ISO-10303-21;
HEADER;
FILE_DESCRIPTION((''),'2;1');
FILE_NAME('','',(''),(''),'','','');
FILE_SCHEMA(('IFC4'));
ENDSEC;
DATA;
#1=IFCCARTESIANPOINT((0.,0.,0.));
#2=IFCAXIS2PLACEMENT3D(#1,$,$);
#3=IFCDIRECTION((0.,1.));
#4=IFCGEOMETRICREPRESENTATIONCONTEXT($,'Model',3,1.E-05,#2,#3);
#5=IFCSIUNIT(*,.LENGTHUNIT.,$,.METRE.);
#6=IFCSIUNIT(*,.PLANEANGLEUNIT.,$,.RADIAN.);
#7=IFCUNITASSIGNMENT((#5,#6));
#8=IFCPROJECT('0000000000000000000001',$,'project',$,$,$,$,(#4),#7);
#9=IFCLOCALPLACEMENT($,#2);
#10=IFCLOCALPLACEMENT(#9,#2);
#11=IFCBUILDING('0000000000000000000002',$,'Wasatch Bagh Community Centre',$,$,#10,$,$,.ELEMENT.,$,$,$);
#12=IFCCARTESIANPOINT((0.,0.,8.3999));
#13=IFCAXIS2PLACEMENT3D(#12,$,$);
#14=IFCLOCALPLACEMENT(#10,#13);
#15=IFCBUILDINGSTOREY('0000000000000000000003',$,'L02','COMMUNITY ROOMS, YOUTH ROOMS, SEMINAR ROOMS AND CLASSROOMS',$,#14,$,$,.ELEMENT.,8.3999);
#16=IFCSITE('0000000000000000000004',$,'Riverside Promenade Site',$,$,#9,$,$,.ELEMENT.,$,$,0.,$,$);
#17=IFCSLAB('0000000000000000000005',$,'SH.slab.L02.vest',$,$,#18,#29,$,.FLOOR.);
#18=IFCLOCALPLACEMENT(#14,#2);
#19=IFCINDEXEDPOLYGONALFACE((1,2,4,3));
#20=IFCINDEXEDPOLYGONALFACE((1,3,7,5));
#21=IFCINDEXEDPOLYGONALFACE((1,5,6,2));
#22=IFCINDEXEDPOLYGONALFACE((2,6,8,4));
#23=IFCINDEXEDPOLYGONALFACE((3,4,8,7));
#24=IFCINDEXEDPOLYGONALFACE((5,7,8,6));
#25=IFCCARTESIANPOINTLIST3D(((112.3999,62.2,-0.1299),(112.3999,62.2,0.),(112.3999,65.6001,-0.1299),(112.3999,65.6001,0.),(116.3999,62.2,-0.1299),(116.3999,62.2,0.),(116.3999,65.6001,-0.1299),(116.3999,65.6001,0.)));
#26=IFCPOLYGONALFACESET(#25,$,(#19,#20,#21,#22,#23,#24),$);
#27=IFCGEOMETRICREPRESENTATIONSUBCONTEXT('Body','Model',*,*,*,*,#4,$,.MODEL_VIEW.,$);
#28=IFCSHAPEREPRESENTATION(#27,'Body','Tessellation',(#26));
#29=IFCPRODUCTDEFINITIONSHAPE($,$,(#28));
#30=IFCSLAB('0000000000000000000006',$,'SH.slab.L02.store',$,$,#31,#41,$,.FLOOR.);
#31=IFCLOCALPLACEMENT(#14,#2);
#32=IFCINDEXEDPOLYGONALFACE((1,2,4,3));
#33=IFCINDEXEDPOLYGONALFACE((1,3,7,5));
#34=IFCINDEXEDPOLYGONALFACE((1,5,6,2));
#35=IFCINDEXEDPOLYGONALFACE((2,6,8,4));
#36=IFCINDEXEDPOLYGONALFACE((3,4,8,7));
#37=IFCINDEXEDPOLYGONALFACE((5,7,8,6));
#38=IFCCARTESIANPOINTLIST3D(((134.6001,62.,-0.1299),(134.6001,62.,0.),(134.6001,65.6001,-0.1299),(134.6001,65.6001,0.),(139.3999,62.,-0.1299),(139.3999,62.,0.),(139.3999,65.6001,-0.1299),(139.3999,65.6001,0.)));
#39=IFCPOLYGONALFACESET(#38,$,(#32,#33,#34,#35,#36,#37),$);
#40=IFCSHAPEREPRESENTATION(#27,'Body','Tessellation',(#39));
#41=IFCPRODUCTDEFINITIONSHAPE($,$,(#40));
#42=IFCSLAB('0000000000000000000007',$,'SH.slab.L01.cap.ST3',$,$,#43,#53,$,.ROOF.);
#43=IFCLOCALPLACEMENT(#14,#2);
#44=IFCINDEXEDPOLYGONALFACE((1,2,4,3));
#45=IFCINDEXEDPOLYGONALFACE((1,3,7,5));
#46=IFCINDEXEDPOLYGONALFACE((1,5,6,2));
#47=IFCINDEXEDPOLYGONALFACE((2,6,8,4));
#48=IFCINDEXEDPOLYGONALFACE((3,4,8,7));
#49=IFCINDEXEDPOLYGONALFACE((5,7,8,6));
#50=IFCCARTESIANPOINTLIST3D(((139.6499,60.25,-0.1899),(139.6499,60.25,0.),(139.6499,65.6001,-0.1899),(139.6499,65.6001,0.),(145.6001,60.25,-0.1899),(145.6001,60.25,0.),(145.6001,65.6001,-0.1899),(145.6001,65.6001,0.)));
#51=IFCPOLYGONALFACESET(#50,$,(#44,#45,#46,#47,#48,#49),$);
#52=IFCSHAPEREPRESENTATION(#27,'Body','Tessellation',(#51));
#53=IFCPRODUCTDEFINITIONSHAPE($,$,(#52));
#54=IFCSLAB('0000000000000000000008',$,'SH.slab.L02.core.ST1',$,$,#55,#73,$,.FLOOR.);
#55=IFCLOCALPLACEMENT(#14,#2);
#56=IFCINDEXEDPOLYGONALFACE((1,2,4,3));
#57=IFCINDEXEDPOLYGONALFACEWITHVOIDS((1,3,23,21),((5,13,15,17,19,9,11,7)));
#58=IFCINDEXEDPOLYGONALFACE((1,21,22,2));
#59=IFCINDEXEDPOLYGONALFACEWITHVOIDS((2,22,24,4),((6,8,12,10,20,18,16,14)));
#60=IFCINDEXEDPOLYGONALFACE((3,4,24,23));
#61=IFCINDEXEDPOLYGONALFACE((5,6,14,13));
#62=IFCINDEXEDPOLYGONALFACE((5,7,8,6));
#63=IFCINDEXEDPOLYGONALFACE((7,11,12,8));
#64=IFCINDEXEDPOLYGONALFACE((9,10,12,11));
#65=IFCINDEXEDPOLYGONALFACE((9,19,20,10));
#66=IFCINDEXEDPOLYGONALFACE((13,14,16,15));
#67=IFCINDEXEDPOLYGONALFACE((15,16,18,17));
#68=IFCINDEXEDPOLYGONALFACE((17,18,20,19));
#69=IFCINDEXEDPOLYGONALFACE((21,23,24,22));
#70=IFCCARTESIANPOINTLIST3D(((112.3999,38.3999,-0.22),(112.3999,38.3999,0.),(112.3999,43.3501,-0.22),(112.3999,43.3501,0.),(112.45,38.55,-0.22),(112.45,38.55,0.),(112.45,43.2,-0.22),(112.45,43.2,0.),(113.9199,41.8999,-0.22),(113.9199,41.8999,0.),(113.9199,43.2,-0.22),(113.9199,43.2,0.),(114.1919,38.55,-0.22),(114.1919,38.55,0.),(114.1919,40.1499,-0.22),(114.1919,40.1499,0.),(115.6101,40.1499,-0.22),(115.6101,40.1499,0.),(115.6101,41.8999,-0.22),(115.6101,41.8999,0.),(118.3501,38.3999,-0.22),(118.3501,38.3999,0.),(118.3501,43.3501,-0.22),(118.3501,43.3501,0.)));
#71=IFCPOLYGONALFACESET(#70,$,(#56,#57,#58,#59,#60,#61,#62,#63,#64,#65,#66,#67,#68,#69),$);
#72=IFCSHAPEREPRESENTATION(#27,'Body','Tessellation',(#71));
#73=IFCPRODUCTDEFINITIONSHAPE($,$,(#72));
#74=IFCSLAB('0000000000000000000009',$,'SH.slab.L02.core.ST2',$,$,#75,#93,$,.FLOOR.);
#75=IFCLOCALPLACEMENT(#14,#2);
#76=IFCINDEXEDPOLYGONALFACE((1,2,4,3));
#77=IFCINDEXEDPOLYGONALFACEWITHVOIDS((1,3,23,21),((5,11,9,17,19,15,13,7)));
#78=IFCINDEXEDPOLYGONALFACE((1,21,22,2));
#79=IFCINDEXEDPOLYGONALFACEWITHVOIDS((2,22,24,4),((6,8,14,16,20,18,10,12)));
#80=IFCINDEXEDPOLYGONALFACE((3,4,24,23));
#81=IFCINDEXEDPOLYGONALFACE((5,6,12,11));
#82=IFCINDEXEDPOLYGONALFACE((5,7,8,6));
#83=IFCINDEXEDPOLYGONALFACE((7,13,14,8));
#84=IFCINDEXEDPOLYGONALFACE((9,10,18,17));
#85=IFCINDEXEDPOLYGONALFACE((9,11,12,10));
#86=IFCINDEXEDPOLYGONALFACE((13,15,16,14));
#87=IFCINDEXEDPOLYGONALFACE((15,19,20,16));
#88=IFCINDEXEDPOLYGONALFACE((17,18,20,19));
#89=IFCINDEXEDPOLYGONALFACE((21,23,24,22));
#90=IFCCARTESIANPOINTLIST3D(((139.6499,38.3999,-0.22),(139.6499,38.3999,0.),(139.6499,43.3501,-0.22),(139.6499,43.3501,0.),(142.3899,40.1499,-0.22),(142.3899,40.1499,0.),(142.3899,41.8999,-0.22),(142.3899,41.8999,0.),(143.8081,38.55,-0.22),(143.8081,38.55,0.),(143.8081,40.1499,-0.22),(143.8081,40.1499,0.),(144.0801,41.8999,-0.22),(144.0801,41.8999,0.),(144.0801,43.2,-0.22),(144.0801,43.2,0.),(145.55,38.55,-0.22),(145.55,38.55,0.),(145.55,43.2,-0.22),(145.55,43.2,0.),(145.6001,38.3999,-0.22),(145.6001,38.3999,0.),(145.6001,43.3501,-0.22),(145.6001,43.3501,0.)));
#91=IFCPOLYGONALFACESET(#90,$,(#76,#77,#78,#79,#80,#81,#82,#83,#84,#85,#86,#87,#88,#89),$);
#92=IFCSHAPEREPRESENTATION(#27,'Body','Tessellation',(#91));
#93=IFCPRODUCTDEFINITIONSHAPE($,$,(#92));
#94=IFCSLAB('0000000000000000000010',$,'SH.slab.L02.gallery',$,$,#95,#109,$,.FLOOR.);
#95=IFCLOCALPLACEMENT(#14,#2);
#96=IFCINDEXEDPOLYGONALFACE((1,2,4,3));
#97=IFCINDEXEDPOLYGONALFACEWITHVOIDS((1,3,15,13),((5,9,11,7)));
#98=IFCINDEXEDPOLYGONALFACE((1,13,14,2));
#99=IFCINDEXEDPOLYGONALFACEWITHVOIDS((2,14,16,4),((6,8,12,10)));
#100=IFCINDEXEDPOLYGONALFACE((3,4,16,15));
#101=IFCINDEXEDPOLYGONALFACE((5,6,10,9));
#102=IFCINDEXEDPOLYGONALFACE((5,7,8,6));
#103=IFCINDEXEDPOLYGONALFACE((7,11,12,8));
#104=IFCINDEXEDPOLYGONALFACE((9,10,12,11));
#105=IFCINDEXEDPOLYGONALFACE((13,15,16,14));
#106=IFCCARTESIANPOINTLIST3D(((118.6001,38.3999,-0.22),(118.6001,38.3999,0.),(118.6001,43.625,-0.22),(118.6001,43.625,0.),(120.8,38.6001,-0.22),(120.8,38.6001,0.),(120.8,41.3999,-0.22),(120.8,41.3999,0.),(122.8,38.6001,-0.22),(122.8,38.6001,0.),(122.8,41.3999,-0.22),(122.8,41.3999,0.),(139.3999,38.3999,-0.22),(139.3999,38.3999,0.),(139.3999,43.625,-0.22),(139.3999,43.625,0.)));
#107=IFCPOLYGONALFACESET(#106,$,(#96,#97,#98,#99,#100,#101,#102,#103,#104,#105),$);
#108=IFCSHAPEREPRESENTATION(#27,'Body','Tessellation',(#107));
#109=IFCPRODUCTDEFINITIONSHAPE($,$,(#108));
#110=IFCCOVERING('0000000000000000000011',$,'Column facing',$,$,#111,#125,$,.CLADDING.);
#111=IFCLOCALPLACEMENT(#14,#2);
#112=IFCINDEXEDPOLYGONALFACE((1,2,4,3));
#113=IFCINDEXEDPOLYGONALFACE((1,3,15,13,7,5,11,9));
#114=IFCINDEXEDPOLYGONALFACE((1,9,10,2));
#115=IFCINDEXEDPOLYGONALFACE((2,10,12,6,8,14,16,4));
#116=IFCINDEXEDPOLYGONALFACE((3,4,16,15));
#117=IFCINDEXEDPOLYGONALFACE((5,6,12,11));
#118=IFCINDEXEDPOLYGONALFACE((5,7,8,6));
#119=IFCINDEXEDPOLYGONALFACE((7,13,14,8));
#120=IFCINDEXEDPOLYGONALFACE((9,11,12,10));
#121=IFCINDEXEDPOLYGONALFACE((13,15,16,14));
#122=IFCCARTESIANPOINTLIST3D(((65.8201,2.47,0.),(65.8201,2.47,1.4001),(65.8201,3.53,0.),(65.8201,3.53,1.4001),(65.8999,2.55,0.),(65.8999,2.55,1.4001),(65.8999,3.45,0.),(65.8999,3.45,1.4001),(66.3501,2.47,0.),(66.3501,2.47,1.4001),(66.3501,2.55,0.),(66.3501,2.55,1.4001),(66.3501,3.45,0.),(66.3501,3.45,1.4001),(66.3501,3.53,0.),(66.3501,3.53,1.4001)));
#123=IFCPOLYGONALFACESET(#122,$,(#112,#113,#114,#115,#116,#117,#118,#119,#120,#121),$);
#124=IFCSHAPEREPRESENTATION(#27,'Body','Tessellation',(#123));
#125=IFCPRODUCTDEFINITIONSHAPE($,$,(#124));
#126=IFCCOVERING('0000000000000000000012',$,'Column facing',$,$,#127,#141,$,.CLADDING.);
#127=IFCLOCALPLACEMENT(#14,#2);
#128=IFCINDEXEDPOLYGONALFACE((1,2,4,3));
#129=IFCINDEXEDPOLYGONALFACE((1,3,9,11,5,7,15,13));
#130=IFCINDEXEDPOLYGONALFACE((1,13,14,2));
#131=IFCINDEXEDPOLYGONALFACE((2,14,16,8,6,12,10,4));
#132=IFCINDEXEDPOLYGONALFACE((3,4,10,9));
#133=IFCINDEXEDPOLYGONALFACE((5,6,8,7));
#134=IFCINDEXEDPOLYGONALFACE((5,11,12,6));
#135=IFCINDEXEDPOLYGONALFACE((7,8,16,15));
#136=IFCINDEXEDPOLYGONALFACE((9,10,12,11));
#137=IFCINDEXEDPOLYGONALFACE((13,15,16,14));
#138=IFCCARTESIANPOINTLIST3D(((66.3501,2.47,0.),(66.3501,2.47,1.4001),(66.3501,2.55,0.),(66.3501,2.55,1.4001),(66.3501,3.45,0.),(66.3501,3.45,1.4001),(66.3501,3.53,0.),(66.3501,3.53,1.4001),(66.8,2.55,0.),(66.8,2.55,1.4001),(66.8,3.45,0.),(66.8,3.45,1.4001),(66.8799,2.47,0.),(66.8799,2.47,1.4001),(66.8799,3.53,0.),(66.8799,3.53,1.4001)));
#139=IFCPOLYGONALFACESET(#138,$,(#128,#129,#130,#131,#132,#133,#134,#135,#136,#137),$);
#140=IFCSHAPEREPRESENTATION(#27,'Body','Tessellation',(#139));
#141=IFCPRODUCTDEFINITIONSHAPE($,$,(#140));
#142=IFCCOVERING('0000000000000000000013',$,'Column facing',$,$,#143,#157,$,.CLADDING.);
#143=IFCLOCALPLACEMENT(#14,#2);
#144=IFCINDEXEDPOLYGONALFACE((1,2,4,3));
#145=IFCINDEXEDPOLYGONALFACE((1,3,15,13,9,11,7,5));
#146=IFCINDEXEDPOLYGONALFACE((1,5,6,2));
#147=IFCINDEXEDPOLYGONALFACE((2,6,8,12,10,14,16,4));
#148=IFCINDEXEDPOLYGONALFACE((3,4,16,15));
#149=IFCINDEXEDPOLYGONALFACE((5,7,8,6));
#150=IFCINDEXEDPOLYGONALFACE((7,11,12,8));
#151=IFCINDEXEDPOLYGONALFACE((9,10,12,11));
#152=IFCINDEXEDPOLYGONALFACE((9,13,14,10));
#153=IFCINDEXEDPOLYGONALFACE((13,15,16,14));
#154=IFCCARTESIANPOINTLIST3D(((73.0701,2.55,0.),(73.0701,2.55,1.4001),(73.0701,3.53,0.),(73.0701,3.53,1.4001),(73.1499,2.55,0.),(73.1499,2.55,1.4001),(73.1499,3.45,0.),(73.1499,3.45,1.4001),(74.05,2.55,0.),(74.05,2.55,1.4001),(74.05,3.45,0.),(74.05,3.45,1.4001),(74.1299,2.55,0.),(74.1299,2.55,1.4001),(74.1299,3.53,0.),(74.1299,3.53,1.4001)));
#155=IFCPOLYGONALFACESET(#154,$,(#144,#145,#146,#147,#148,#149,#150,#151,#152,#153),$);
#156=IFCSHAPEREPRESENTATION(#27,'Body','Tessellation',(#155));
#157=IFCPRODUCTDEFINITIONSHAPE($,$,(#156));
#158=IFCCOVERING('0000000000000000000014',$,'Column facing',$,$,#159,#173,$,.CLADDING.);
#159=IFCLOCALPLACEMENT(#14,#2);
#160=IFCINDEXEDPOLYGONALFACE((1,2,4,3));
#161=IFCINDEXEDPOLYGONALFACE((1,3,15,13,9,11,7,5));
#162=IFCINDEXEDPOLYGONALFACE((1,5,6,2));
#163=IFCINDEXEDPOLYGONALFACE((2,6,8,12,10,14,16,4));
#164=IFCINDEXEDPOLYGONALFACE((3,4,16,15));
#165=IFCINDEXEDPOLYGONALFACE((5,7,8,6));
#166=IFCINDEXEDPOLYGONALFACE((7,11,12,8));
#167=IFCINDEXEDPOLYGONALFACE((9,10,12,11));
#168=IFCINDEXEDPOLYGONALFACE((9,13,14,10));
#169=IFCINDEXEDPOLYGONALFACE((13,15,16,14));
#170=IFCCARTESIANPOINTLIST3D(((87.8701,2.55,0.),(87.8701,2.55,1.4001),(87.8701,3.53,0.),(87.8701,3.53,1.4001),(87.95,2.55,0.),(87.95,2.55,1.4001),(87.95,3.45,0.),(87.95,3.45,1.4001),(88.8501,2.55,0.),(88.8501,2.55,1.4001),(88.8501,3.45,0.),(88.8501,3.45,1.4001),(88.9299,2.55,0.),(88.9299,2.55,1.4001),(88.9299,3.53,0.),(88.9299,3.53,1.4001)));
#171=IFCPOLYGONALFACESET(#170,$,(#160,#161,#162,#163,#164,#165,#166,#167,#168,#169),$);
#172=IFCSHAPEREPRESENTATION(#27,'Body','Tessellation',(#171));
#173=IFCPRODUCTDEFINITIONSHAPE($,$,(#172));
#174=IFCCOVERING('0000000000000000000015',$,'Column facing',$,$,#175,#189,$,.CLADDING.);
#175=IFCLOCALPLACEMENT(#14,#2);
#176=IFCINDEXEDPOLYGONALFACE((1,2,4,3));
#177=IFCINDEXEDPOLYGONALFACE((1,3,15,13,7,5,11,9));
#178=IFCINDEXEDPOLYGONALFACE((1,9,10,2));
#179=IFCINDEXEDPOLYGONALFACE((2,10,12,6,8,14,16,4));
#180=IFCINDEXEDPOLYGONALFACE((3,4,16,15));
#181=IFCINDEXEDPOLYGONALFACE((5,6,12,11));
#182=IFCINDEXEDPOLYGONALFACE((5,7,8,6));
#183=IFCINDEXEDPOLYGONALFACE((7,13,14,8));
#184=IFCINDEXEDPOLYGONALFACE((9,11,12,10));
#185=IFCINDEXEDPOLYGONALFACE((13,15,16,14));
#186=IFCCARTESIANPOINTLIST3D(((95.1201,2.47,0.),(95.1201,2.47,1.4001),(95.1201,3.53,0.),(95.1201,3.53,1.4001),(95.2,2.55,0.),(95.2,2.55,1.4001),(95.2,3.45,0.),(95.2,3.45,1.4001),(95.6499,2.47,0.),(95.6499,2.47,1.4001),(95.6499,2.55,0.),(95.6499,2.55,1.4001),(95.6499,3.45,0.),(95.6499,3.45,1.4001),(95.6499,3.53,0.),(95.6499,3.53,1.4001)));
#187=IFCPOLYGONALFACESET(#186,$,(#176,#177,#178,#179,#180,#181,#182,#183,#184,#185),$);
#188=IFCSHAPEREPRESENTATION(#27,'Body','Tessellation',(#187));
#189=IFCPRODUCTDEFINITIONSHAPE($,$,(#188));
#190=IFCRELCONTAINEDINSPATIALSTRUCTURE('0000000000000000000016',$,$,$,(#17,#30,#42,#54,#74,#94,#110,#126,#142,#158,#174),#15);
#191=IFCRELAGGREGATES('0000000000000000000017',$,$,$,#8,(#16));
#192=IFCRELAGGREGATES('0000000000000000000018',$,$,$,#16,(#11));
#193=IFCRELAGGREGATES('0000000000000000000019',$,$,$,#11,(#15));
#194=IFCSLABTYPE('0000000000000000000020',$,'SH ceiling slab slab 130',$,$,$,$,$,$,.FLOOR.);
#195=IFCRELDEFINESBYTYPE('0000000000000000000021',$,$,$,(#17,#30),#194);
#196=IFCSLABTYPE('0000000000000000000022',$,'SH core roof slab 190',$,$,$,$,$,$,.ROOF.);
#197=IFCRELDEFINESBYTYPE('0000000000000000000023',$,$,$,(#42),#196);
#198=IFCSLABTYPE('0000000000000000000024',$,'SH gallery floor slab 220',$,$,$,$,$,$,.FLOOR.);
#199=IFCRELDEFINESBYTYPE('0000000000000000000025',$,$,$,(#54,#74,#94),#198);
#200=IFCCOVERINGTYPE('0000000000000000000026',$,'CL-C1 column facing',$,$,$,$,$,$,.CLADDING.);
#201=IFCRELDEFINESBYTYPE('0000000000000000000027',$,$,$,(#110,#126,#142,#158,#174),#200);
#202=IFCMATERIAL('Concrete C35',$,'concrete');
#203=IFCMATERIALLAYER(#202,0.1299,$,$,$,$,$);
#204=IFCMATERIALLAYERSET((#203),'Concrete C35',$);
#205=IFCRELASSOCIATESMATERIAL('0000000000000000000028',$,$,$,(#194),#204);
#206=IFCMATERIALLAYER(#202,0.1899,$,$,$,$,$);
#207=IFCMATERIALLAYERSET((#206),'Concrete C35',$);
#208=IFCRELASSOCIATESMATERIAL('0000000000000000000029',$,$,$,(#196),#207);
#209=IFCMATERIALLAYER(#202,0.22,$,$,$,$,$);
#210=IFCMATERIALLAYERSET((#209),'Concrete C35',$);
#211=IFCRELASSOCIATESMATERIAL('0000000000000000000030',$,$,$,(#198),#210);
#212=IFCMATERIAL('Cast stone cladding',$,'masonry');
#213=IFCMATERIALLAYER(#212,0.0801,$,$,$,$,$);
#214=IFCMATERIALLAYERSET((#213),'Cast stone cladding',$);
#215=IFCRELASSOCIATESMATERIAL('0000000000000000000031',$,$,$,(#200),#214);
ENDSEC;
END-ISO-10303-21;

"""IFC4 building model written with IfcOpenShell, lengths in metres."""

from ifc_helpers import new_model, si_unit, direction, frame, origin, place, context, subcontext, project, spatial, polyline, outline, extrude, material, layer, layer_set, type_object, element, save


model = new_model("IFC4")

# Units and contexts
model_context = context("Model", 3, precision=1e-05, world=origin(), true_north=direction((0.0, 1.0)))
body_context = subcontext(model_context, "Body", "Model", "MODEL_VIEW")
ifc_project = project(units=[si_unit("LENGTHUNIT", "METRE"), si_unit("PLANEANGLEUNIT", "RADIAN")], contexts=[model_context])

# Site, building, storey
site_placement = place(None, origin())
site = spatial("IfcSite", under=ifc_project, at=site_placement, Name="Riverside Promenade Site", CompositionType="ELEMENT", RefElevation=0.0)
building_placement = place(site_placement, origin())
building = spatial("IfcBuilding", under=site, at=building_placement, Name="Wasatch Bagh Community Centre", CompositionType="ELEMENT")
storey_placement = place(building_placement, frame((0.0, 0.0, 8.3999)))
storey = spatial("IfcBuildingStorey", under=building, at=storey_placement, Name="L02", Description="COMMUNITY ROOMS, YOUTH ROOMS, SEMINAR ROOMS AND CLASSROOMS", CompositionType="ELEMENT", Elevation=8.3999)

# Slabs
ifc_material_1 = material(Name="Concrete C35", Category="concrete")
ifc_layer_1 = layer(ifc_material_1, 0.1299)
ifc_layer_set_1 = layer_set([ifc_layer_1], Name="Concrete C35")
slab_type_1 = type_object("IfcSlabType", Name="SH ceiling slab slab 130", PredefinedType="FLOOR", material=ifc_layer_set_1)
slab_1_placement = place(storey_placement, frame((0.0, 0.0, -0.1299)))
element("IfcSlab", 1, at=slab_1_placement, inside=storey, type_object=slab_type_1, Name="SH.slab.L02.vest", PredefinedType="FLOOR", context=body_context, shape_type="SweptSolid", body=[
    extrude(outline(polyline([(112.3999, 62.2), (116.3999, 62.2), (116.3999, 65.6001), (112.3999, 65.6001), (112.3999, 62.2)])), origin(), (0.0, 0.0, 1.0), 0.1299),
])
slab_2_placement = place(storey_placement, frame((0.0, 0.0, -0.1299)))
element("IfcSlab", 2, at=slab_2_placement, inside=storey, type_object=slab_type_1, Name="SH.slab.L02.store", PredefinedType="FLOOR", context=body_context, shape_type="SweptSolid", body=[
    extrude(outline(polyline([(134.6001, 62.0), (139.3999, 62.0), (139.3999, 65.6001), (134.6001, 65.6001), (134.6001, 62.0)])), origin(), (0.0, 0.0, 1.0), 0.1299),
])
ifc_layer_2 = layer(ifc_material_1, 0.1899)
ifc_layer_set_2 = layer_set([ifc_layer_2], Name="Concrete C35")
slab_type_2 = type_object("IfcSlabType", Name="SH core roof slab 190", PredefinedType="ROOF", material=ifc_layer_set_2)
slab_3_placement = place(storey_placement, frame((0.0, 0.0, -0.1899)))
element("IfcSlab", 3, at=slab_3_placement, inside=storey, type_object=slab_type_2, Name="SH.slab.L01.cap.ST3", PredefinedType="ROOF", context=body_context, shape_type="SweptSolid", body=[
    extrude(outline(polyline([(139.6499, 60.25), (145.6001, 60.25), (145.6001, 65.6001), (139.6499, 65.6001), (139.6499, 60.25)])), origin(), (0.0, 0.0, 1.0), 0.1899),
])
ifc_layer_3 = layer(ifc_material_1, 0.22)
ifc_layer_set_3 = layer_set([ifc_layer_3], Name="Concrete C35")
slab_type_3 = type_object("IfcSlabType", Name="SH gallery floor slab 220", PredefinedType="FLOOR", material=ifc_layer_set_3)
slab_4_placement = place(storey_placement, frame((0.0, 0.0, -0.22)))
element("IfcSlab", 4, at=slab_4_placement, inside=storey, type_object=slab_type_3, Name="SH.slab.L02.core.ST1", PredefinedType="FLOOR", context=body_context, shape_type="SweptSolid", body=[
    extrude(outline(polyline([(112.3999, 38.3999), (118.3501, 38.3999), (118.3501, 43.3501), (112.3999, 43.3501), (112.3999, 38.3999)]), holes=[polyline([(114.1919, 38.55), (112.45, 38.55), (112.45, 43.2), (113.9199, 43.2), (113.9199, 41.8999), (115.6101, 41.8999), (115.6101, 40.1499), (114.1919, 40.1499), (114.1919, 38.55)])]), origin(), (0.0, 0.0, 1.0), 0.22),
])
slab_5_placement = place(storey_placement, frame((0.0, 0.0, -0.22)))
element("IfcSlab", 5, at=slab_5_placement, inside=storey, type_object=slab_type_3, Name="SH.slab.L02.core.ST2", PredefinedType="FLOOR", context=body_context, shape_type="SweptSolid", body=[
    extrude(outline(polyline([(139.6499, 38.3999), (145.6001, 38.3999), (145.6001, 43.3501), (139.6499, 43.3501), (139.6499, 38.3999)]), holes=[polyline([(143.8081, 38.55), (145.55, 38.55), (145.55, 43.2), (144.0801, 43.2), (144.0801, 41.8999), (142.3899, 41.8999), (142.3899, 40.1499), (143.8081, 40.1499), (143.8081, 38.55)])]), origin(), (0.0, 0.0, 1.0), 0.22),
])
slab_6_placement = place(storey_placement, frame((0.0, 0.0, -0.22)))
element("IfcSlab", 6, at=slab_6_placement, inside=storey, type_object=slab_type_3, Name="SH.slab.L02.gallery", PredefinedType="FLOOR", context=body_context, shape_type="SweptSolid", body=[
    extrude(outline(polyline([(118.6001, 38.3999), (139.3999, 38.3999), (139.3999, 43.625), (118.6001, 43.625), (118.6001, 38.3999)]), holes=[polyline([(120.8, 38.6001), (122.8, 38.6001), (122.8, 41.3999), (120.8, 41.3999), (120.8, 38.6001)])]), origin(), (0.0, 0.0, 1.0), 0.22),
])

# Coverings
ifc_material_2 = material(Name="Cast stone cladding", Category="masonry")
ifc_layer_4 = layer(ifc_material_2, 0.0801)
ifc_layer_set_4 = layer_set([ifc_layer_4], Name="Cast stone cladding")
covering_type = type_object("IfcCoveringType", Name="CL-C1 column facing", PredefinedType="CLADDING", material=ifc_layer_set_4)
covering_1_placement = place(storey_placement, origin())
element("IfcCovering", 7, at=covering_1_placement, inside=storey, type_object=covering_type, Name="Column facing", PredefinedType="CLADDING", context=body_context, shape_type="SweptSolid", body=[
    extrude(outline(polyline([(66.3501, 3.53), (66.3501, 3.45), (65.8999, 3.45), (65.8999, 2.55), (66.3501, 2.55), (66.3501, 2.47), (65.8201, 2.47), (65.8201, 3.53), (66.3501, 3.53)])), origin(), (0.0, 0.0, 1.0), 1.4001),
])
covering_2_placement = place(storey_placement, origin())
element("IfcCovering", 8, at=covering_2_placement, inside=storey, type_object=covering_type, Name="Column facing", PredefinedType="CLADDING", context=body_context, shape_type="SweptSolid", body=[
    extrude(outline(polyline([(66.8799, 3.53), (66.8799, 2.47), (66.3501, 2.47), (66.3501, 2.55), (66.8, 2.55), (66.8, 3.45), (66.3501, 3.45), (66.3501, 3.53), (66.8799, 3.53)])), origin(), (0.0, 0.0, 1.0), 1.4001),
])
covering_3_placement = place(storey_placement, origin())
element("IfcCovering", 9, at=covering_3_placement, inside=storey, type_object=covering_type, Name="Column facing", PredefinedType="CLADDING", context=body_context, shape_type="SweptSolid", body=[
    extrude(outline(polyline([(73.0701, 2.55), (73.0701, 3.53), (74.1299, 3.53), (74.1299, 2.55), (74.05, 2.55), (74.05, 3.45), (73.1499, 3.45), (73.1499, 2.55), (73.0701, 2.55)])), origin(), (0.0, 0.0, 1.0), 1.4001),
])
covering_4_placement = place(storey_placement, origin())
element("IfcCovering", 10, at=covering_4_placement, inside=storey, type_object=covering_type, Name="Column facing", PredefinedType="CLADDING", context=body_context, shape_type="SweptSolid", body=[
    extrude(outline(polyline([(87.8701, 2.55), (87.8701, 3.53), (88.9299, 3.53), (88.9299, 2.55), (88.8501, 2.55), (88.8501, 3.45), (87.95, 3.45), (87.95, 2.55), (87.8701, 2.55)])), origin(), (0.0, 0.0, 1.0), 1.4001),
])
covering_5_placement = place(storey_placement, origin())
element("IfcCovering", 11, at=covering_5_placement, inside=storey, type_object=covering_type, Name="Column facing", PredefinedType="CLADDING", context=body_context, shape_type="SweptSolid", body=[
    extrude(outline(polyline([(95.6499, 3.53), (95.6499, 3.45), (95.2, 3.45), (95.2, 2.55), (95.6499, 2.55), (95.6499, 2.47), (95.1201, 2.47), (95.1201, 3.53), (95.6499, 3.53)])), origin(), (0.0, 0.0, 1.0), 1.4001),
])

save(model, "model.ifc")
